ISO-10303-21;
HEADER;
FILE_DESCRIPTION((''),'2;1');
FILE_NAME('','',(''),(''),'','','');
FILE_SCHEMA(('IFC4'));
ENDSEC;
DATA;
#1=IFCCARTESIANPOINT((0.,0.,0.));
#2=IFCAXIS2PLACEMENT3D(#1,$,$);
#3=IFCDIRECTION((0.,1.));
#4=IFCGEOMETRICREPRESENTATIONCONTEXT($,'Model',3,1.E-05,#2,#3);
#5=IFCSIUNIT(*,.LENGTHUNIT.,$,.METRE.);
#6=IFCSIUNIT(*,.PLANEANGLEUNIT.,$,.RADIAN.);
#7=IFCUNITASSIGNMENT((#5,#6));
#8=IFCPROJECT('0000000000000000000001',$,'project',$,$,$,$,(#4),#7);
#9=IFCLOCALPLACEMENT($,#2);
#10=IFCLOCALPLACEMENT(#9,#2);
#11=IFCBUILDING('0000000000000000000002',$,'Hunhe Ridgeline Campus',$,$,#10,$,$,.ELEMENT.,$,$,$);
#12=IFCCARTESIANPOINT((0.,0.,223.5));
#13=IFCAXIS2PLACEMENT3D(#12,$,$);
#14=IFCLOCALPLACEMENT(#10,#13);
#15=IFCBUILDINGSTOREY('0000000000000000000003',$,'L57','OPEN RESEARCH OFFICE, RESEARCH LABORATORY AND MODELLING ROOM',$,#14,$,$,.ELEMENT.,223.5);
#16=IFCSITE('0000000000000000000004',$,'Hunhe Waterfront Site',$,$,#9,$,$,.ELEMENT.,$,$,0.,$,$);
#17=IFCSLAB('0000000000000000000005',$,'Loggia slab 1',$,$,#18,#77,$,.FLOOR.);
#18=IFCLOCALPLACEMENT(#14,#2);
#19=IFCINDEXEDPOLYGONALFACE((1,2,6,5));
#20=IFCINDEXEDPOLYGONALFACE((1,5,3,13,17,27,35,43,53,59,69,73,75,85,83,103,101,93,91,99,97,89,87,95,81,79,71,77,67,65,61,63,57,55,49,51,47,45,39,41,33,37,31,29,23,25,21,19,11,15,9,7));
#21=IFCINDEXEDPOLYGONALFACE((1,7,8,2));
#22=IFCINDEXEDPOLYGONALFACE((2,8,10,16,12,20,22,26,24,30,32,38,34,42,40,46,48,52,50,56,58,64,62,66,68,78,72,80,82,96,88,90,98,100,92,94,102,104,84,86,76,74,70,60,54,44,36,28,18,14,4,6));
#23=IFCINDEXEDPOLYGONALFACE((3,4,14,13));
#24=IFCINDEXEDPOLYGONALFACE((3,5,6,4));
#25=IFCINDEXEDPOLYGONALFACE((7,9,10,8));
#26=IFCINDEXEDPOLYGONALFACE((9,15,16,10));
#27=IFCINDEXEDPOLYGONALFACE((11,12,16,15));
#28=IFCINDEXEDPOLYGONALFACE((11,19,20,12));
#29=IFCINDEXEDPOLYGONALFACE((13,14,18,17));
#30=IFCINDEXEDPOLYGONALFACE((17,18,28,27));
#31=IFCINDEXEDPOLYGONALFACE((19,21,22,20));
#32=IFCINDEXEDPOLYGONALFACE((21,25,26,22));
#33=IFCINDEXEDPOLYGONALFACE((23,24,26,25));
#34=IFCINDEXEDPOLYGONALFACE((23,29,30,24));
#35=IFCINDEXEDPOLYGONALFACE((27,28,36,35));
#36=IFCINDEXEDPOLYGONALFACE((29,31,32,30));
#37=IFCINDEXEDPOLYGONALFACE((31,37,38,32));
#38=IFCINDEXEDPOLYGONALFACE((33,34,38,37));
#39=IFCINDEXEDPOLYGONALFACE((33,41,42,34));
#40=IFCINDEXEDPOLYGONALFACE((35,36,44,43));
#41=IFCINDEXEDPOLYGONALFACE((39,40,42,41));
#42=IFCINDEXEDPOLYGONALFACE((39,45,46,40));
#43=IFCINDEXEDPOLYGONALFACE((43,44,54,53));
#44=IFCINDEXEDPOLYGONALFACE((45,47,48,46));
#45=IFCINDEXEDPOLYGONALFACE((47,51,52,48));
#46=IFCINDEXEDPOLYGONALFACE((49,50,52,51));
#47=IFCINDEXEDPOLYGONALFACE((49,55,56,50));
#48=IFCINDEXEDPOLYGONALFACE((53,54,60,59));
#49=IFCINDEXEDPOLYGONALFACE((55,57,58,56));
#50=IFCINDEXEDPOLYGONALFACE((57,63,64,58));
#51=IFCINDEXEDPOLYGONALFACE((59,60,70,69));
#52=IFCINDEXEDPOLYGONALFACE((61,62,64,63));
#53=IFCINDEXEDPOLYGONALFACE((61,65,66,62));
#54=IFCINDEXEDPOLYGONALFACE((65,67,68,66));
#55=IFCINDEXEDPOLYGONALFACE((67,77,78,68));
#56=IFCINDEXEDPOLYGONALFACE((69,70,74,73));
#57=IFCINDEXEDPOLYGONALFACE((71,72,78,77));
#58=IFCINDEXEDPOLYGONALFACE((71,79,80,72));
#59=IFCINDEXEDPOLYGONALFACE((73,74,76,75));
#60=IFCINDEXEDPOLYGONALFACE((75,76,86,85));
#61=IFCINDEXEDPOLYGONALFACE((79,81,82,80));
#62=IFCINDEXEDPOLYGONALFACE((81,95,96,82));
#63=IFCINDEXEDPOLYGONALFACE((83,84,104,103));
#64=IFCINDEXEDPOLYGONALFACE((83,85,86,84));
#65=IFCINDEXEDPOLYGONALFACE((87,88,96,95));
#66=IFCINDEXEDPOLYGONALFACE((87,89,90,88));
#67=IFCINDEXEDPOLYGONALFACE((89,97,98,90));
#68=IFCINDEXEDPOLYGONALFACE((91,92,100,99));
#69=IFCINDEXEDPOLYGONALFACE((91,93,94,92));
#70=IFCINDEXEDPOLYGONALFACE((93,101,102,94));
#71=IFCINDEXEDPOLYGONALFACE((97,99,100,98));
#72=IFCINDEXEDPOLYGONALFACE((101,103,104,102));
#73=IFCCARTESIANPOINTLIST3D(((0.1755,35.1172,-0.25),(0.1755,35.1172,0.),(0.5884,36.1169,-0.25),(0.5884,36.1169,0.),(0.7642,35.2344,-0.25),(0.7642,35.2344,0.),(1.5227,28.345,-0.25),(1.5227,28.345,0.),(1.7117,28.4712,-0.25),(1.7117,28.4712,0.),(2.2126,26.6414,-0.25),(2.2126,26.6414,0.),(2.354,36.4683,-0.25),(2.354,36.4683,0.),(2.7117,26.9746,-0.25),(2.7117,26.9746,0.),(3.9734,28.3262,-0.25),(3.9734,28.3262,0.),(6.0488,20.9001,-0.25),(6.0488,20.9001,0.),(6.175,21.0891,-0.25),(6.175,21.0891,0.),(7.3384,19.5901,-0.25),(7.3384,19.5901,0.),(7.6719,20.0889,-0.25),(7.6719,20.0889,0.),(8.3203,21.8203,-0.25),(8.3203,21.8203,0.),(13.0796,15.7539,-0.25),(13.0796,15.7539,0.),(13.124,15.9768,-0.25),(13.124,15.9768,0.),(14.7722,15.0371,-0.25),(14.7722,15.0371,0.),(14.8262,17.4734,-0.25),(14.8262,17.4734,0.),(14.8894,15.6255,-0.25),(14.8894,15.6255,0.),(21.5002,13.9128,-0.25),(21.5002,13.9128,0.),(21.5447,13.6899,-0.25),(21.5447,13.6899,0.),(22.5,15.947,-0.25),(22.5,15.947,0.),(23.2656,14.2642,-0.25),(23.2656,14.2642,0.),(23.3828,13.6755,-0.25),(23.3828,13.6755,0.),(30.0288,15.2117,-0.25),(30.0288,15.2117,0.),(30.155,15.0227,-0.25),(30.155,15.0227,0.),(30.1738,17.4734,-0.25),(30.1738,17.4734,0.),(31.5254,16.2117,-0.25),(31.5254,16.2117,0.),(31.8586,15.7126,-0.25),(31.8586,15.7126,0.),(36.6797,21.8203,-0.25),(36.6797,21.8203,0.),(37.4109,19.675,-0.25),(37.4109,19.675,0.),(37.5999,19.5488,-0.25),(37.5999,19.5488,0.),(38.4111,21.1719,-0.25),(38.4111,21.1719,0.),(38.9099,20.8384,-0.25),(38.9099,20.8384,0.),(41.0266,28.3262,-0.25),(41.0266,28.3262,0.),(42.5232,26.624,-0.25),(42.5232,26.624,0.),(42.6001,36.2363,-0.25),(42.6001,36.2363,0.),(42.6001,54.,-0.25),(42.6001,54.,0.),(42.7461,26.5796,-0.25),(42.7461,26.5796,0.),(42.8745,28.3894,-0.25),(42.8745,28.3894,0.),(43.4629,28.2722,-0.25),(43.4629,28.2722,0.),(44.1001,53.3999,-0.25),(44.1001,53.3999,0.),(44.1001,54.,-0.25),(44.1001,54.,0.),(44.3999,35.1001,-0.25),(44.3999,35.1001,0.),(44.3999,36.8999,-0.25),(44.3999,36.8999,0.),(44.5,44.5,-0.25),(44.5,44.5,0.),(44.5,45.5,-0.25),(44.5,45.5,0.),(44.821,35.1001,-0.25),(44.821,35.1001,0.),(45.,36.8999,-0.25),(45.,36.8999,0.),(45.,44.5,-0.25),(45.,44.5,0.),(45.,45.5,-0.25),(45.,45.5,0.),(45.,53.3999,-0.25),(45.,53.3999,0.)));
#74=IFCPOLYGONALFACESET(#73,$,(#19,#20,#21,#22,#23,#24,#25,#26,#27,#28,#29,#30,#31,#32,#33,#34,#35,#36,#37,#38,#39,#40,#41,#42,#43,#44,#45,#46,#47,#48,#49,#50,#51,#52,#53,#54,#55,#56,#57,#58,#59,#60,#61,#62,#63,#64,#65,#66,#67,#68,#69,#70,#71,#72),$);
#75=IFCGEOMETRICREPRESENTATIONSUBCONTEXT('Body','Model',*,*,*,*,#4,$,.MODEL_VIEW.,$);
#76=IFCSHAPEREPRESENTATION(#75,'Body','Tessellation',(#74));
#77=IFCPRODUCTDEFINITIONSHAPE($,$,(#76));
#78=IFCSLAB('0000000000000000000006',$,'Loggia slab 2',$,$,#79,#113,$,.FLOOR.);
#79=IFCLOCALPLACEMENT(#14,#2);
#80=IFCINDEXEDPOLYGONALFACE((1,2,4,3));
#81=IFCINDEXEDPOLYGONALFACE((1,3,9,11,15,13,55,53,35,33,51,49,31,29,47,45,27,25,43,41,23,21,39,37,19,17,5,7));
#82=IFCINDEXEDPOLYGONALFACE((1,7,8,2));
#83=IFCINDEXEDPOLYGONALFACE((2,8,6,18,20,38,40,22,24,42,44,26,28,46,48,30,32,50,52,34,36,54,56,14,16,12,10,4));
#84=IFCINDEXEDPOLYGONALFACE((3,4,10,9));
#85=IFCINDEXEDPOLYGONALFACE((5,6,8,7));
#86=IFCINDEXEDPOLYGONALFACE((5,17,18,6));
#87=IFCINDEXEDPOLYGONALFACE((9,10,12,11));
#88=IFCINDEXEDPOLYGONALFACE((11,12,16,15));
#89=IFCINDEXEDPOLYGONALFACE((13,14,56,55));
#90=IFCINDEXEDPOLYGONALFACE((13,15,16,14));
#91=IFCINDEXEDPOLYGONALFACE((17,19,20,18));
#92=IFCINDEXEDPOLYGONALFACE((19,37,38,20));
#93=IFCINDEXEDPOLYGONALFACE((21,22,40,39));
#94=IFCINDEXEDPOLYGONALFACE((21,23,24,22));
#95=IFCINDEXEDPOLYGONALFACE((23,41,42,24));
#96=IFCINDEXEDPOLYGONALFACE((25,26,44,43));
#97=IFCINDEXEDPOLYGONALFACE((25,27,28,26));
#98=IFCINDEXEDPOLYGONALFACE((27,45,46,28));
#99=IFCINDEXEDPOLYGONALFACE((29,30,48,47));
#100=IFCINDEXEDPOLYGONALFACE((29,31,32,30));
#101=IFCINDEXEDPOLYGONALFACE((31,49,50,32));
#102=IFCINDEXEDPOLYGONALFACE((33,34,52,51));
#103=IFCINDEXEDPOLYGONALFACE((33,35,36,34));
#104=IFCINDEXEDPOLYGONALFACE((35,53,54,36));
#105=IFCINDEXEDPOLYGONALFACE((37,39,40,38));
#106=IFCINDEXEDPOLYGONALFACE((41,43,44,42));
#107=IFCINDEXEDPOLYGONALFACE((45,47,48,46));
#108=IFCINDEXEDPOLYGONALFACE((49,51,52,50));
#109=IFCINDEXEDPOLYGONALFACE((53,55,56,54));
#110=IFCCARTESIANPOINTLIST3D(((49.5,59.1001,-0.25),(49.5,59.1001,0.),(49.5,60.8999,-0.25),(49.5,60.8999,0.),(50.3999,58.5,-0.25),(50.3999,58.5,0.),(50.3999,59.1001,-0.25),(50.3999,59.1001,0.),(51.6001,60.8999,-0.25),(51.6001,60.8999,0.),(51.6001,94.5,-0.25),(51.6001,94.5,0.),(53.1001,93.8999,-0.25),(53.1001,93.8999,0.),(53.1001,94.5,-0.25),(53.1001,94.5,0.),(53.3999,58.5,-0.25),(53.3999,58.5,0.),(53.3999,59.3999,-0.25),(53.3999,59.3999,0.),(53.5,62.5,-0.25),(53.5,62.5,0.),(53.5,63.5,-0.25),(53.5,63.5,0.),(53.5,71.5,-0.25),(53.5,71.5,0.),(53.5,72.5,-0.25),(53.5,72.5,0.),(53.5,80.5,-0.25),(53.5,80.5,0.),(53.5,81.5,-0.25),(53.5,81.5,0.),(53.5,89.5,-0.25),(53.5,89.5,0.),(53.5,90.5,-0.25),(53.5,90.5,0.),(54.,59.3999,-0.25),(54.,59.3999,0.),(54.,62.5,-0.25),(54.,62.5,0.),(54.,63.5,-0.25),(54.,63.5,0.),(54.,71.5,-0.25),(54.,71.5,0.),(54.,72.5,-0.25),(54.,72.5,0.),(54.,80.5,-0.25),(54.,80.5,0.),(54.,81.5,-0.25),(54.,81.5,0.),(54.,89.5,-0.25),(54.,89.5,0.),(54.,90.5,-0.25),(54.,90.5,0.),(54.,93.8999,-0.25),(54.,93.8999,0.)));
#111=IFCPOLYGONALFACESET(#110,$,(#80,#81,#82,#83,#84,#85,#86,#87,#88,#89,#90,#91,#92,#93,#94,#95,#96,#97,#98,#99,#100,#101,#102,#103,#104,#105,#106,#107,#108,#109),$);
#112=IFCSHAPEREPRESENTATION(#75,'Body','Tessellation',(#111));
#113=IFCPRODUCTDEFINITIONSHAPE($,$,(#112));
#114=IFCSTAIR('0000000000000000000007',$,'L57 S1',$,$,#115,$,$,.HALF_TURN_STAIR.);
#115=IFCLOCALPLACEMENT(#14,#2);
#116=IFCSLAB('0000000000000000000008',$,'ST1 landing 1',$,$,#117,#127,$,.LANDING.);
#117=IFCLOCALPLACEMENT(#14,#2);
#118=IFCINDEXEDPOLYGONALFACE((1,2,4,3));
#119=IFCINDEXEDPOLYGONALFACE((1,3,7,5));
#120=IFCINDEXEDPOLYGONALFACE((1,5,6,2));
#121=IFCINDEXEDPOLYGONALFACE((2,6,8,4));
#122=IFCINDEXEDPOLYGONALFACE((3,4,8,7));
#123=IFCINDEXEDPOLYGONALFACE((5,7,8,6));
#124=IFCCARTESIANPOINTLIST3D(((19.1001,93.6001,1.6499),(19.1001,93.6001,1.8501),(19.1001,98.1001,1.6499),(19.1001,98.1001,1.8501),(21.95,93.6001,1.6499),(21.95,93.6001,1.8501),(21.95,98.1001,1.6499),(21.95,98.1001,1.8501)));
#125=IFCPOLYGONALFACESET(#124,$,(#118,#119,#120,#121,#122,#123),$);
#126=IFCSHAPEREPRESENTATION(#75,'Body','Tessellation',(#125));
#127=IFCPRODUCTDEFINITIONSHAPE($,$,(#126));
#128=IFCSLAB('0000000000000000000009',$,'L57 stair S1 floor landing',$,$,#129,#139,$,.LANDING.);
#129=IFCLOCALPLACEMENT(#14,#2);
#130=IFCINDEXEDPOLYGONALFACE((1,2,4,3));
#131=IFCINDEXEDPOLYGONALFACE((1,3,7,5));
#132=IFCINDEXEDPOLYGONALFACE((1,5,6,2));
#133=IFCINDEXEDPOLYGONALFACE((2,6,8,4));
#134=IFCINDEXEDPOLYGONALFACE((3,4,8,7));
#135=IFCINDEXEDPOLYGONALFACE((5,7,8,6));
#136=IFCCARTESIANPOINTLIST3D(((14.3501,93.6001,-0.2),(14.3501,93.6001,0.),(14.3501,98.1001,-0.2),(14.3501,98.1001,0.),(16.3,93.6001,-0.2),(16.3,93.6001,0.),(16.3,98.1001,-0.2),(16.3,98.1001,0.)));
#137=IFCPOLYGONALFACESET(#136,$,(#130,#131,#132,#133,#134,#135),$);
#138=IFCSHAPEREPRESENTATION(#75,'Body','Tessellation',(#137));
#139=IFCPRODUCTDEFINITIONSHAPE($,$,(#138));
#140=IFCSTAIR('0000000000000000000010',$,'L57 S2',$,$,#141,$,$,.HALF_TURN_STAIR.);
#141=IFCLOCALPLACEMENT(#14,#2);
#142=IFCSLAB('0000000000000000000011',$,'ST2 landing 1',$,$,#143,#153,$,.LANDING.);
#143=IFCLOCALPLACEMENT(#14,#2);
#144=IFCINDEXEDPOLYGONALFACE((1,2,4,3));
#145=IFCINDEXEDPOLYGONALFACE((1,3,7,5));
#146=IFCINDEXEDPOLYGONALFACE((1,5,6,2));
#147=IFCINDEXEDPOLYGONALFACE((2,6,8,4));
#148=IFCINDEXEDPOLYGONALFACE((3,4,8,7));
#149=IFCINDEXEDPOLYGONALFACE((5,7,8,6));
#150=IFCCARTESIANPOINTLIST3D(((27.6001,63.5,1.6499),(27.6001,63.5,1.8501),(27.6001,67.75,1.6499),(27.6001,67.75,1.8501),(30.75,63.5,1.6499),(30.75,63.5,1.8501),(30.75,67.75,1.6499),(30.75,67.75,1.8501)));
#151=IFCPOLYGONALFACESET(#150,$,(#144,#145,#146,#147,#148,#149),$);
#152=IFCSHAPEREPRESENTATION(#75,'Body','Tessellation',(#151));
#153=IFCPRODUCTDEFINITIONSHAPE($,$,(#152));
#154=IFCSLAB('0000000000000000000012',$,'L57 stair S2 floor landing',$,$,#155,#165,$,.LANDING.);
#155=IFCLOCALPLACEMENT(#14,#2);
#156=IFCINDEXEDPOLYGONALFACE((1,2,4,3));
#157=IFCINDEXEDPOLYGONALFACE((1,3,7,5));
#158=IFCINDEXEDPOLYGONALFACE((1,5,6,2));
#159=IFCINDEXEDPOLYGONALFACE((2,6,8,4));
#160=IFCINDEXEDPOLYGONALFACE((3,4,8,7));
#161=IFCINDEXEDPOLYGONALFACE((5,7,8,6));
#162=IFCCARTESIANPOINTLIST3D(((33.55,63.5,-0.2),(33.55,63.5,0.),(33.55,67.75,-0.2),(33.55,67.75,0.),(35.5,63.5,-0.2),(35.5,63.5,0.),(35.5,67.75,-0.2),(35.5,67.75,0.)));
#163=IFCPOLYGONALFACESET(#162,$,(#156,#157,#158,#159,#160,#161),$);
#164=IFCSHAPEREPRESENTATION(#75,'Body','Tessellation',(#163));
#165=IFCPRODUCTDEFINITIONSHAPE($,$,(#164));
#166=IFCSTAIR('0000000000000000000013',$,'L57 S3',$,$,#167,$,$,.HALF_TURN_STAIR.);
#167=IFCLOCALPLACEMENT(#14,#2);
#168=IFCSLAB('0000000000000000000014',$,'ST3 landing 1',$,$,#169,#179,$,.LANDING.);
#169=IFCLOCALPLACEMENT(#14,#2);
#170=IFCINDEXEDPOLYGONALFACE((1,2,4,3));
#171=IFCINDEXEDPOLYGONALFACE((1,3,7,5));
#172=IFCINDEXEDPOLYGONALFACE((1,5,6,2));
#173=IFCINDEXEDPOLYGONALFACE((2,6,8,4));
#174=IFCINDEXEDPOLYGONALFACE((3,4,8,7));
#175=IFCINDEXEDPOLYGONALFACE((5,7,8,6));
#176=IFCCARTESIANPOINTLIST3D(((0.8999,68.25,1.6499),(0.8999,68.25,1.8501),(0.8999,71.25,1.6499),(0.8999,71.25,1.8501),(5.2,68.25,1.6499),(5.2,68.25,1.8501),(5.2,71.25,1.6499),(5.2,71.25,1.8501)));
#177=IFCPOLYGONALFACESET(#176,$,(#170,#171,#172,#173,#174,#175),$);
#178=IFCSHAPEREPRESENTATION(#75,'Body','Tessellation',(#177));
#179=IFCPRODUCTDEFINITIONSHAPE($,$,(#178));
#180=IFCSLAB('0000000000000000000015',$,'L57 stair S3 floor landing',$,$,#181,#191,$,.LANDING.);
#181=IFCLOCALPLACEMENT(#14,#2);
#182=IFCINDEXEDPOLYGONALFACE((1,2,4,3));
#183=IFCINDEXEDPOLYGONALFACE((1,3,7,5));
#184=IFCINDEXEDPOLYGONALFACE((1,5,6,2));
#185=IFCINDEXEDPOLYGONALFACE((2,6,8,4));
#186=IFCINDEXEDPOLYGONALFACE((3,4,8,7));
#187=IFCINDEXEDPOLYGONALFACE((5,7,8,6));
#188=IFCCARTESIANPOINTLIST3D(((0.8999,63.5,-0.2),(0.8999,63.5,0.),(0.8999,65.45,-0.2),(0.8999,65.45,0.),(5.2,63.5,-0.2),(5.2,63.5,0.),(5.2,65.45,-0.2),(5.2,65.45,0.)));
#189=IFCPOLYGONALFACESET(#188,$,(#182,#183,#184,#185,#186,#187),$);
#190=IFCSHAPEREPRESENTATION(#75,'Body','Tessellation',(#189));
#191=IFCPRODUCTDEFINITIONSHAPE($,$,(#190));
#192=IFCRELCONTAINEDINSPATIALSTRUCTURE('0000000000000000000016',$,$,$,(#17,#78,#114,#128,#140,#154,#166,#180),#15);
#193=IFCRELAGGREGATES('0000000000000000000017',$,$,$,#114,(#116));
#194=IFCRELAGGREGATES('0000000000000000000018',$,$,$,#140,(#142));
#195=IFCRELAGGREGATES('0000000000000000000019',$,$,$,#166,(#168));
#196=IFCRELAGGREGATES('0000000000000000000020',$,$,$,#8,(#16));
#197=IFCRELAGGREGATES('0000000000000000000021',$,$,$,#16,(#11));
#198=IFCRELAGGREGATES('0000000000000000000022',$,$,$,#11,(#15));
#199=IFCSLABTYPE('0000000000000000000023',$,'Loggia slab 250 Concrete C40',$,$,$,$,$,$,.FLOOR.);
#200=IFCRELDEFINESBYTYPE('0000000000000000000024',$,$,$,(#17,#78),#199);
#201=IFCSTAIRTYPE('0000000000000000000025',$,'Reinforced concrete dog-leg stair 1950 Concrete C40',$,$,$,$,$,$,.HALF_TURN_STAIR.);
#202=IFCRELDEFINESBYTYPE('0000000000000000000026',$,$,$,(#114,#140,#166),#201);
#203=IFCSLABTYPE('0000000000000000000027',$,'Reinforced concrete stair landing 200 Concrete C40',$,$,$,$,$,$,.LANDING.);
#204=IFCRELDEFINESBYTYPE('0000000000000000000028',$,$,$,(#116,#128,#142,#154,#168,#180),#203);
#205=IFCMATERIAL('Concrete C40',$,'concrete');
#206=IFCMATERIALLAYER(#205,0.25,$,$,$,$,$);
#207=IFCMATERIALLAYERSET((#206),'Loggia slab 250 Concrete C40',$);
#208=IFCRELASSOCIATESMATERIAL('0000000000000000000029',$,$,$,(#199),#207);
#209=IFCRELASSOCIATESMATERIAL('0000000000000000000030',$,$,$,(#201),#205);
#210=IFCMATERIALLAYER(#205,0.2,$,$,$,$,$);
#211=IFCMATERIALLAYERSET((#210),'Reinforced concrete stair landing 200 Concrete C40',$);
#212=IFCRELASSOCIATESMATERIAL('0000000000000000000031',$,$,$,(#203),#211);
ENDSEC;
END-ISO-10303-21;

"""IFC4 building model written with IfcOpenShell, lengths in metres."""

from ifc_helpers import new_model, si_unit, direction, frame, origin, place, context, subcontext, project, spatial, polyline, outline, extrude, material, layer, layer_set, type_object, element, aggregate, save


model = new_model("IFC4")

# Units and contexts
model_context = context("Model", 3, precision=1e-05, world=origin(), true_north=direction((0.0, 1.0)))
body_context = subcontext(model_context, "Body", "Model", "MODEL_VIEW")
ifc_project = project(units=[si_unit("LENGTHUNIT", "METRE"), si_unit("PLANEANGLEUNIT", "RADIAN")], contexts=[model_context])

# Site, building, storey
site_placement = place(None, origin())
site = spatial("IfcSite", under=ifc_project, at=site_placement, Name="Hunhe Waterfront Site", CompositionType="ELEMENT", RefElevation=0.0)
building_placement = place(site_placement, origin())
building = spatial("IfcBuilding", under=site, at=building_placement, Name="Hunhe Ridgeline Campus", CompositionType="ELEMENT")
storey_placement = place(building_placement, frame((0.0, 0.0, 223.5)))
storey = spatial("IfcBuildingStorey", under=building, at=storey_placement, Name="L57", Description="OPEN RESEARCH OFFICE, RESEARCH LABORATORY AND MODELLING ROOM", CompositionType="ELEMENT", Elevation=223.5)

# Slabs
ifc_material_1 = material(Name="Concrete C40", Category="concrete")
ifc_layer_1 = layer(ifc_material_1, 0.25)
ifc_layer_set_1 = layer_set([ifc_layer_1], Name="Loggia slab 250 Concrete C40")
slab_type_1 = type_object("IfcSlabType", Name="Loggia slab 250 Concrete C40", PredefinedType="FLOOR", material=ifc_layer_set_1)
slab_1_placement = place(storey_placement, frame((0.0, 0.0, -0.25)))
element("IfcSlab", 1, at=slab_1_placement, inside=storey, type_object=slab_type_1, Name="Loggia slab 1", PredefinedType="FLOOR", context=body_context, shape_type="SweptSolid", body=[
    extrude(outline(polyline([(30.1738, 17.4734), (22.5, 15.947), (14.8262, 17.4734), (8.3203, 21.8203), (3.9734, 28.3262), (2.354, 36.4683), (0.5884, 36.1169), (0.7642, 35.2344), (0.1755, 35.1172), (1.5227, 28.345), (1.7117, 28.4712), (2.7117, 26.9746), (2.2126, 26.6414), (6.0488, 20.9001), (6.175, 21.0891), (7.6719, 20.0889), (7.3384, 19.5901), (13.0796, 15.7539), (13.124, 15.9768), (14.8894, 15.6255), (14.7722, 15.0371), (21.5447, 13.6899), (21.5002, 13.9128), (23.2656, 14.2642), (23.3828, 13.6755), (30.155, 15.0227), (30.0288, 15.2117), (31.5254, 16.2117), (31.8586, 15.7126), (37.5999, 19.5488), (37.4109, 19.675), (38.4111, 21.1719), (38.9099, 20.8384), (42.7461, 26.5796), (42.5232, 26.624), (42.8745, 28.3894), (43.4629, 28.2722), (44.821, 35.1001), (44.3999, 35.1001), (44.3999, 36.8999), (45.0, 36.8999), (45.0, 44.5), (44.5, 44.5), (44.5, 45.5), (45.0, 45.5), (45.0, 53.3999), (44.1001, 53.3999), (44.1001, 54.0), (42.6001, 54.0), (42.6001, 36.2363), (41.0266, 28.3262), (36.6797, 21.8203), (30.1738, 17.4734)])), origin(), (0.0, 0.0, 1.0), 0.25),
])
slab_2_placement = place(storey_placement, frame((0.0, 0.0, -0.25)))
element("IfcSlab", 2, at=slab_2_placement, inside=storey, type_object=slab_type_1, Name="Loggia slab 2", PredefinedType="FLOOR", context=body_context, shape_type="SweptSolid", body=[
    extrude(outline(polyline([(49.5, 59.1001), (50.3999, 59.1001), (50.3999, 58.5), (53.3999, 58.5), (53.3999, 59.3999), (54.0, 59.3999), (54.0, 62.5), (53.5, 62.5), (53.5, 63.5), (54.0, 63.5), (54.0, 71.5), (53.5, 71.5), (53.5, 72.5), (54.0, 72.5), (54.0, 80.5), (53.5, 80.5), (53.5, 81.5), (54.0, 81.5), (54.0, 89.5), (53.5, 89.5), (53.5, 90.5), (54.0, 90.5), (54.0, 93.8999), (53.1001, 93.8999), (53.1001, 94.5), (51.6001, 94.5), (51.6001, 60.8999), (49.5, 60.8999), (49.5, 59.1001)])), origin(), (0.0, 0.0, 1.0), 0.25),
])

# Stair, slab
stair_type = type_object("IfcStairType", Name="Reinforced concrete dog-leg stair 1950 Concrete C40", PredefinedType="HALF_TURN_STAIR", material=ifc_material_1)
stair_1_placement = place(storey_placement, origin())
stair_1 = element("IfcStair", 3, at=stair_1_placement, inside=storey, type_object=stair_type, Name="L57 S1", PredefinedType="HALF_TURN_STAIR")
ifc_layer_2 = layer(ifc_material_1, 0.2)
ifc_layer_set_2 = layer_set([ifc_layer_2], Name="Reinforced concrete stair landing 200 Concrete C40")
slab_type_2 = type_object("IfcSlabType", Name="Reinforced concrete stair landing 200 Concrete C40", PredefinedType="LANDING", material=ifc_layer_set_2)
slab_3_placement = place(storey_placement, frame((0.0, 0.0, 1.6499)))
slab_3 = element("IfcSlab", 4, at=slab_3_placement, type_object=slab_type_2, Name="ST1 landing 1", PredefinedType="LANDING", context=body_context, shape_type="SweptSolid", body=[
    extrude(outline(polyline([(19.1001, 93.6001), (21.95, 93.6001), (21.95, 98.1001), (19.1001, 98.1001), (19.1001, 93.6001)])), origin(), (0.0, 0.0, 1.0), 0.2002),
])
aggregate(stair_1, [slab_3])

# Slab
slab_4_placement = place(storey_placement, frame((0.0, 0.0, -0.2)))
element("IfcSlab", 5, at=slab_4_placement, inside=storey, type_object=slab_type_2, Name="L57 stair S1 floor landing", PredefinedType="LANDING", context=body_context, shape_type="SweptSolid", body=[
    extrude(outline(polyline([(14.3501, 93.6001), (16.3, 93.6001), (16.3, 98.1001), (14.3501, 98.1001), (14.3501, 93.6001)])), origin(), (0.0, 0.0, 1.0), 0.2),
])

# Stair, slab
stair_2_placement = place(storey_placement, origin())
stair_2 = element("IfcStair", 6, at=stair_2_placement, inside=storey, type_object=stair_type, Name="L57 S2", PredefinedType="HALF_TURN_STAIR")
slab_5_placement = place(storey_placement, frame((0.0, 0.0, 1.6499)))
slab_5 = element("IfcSlab", 7, at=slab_5_placement, type_object=slab_type_2, Name="ST2 landing 1", PredefinedType="LANDING", context=body_context, shape_type="SweptSolid", body=[
    extrude(outline(polyline([(30.75, 67.75), (27.6001, 67.75), (27.6001, 63.5), (30.75, 63.5), (30.75, 67.75)])), origin(), (0.0, 0.0, 1.0), 0.2002),
])
aggregate(stair_2, [slab_5])

# Slab
slab_6_placement = place(storey_placement, frame((0.0, 0.0, -0.2)))
element("IfcSlab", 8, at=slab_6_placement, inside=storey, type_object=slab_type_2, Name="L57 stair S2 floor landing", PredefinedType="LANDING", context=body_context, shape_type="SweptSolid", body=[
    extrude(outline(polyline([(35.5, 67.75), (33.55, 67.75), (33.55, 63.5), (35.5, 63.5), (35.5, 67.75)])), origin(), (0.0, 0.0, 1.0), 0.2),
])

# Stair, slab
stair_3_placement = place(storey_placement, origin())
stair_3 = element("IfcStair", 9, at=stair_3_placement, inside=storey, type_object=stair_type, Name="L57 S3", PredefinedType="HALF_TURN_STAIR")
slab_7_placement = place(storey_placement, frame((0.0, 0.0, 1.6499)))
slab_7 = element("IfcSlab", 10, at=slab_7_placement, type_object=slab_type_2, Name="ST3 landing 1", PredefinedType="LANDING", context=body_context, shape_type="SweptSolid", body=[
    extrude(outline(polyline([(5.2, 68.25), (5.2, 71.25), (0.8999, 71.25), (0.8999, 68.25), (5.2, 68.25)])), origin(), (0.0, 0.0, 1.0), 0.2002),
])
aggregate(stair_3, [slab_7])

# Slab
slab_8_placement = place(storey_placement, frame((0.0, 0.0, -0.2)))
element("IfcSlab", 11, at=slab_8_placement, inside=storey, type_object=slab_type_2, Name="L57 stair S3 floor landing", PredefinedType="LANDING", context=body_context, shape_type="SweptSolid", body=[
    extrude(outline(polyline([(5.2, 63.5), (5.2, 65.45), (0.8999, 65.45), (0.8999, 63.5), (5.2, 63.5)])), origin(), (0.0, 0.0, 1.0), 0.2),
])

save(model, "model.ifc")
